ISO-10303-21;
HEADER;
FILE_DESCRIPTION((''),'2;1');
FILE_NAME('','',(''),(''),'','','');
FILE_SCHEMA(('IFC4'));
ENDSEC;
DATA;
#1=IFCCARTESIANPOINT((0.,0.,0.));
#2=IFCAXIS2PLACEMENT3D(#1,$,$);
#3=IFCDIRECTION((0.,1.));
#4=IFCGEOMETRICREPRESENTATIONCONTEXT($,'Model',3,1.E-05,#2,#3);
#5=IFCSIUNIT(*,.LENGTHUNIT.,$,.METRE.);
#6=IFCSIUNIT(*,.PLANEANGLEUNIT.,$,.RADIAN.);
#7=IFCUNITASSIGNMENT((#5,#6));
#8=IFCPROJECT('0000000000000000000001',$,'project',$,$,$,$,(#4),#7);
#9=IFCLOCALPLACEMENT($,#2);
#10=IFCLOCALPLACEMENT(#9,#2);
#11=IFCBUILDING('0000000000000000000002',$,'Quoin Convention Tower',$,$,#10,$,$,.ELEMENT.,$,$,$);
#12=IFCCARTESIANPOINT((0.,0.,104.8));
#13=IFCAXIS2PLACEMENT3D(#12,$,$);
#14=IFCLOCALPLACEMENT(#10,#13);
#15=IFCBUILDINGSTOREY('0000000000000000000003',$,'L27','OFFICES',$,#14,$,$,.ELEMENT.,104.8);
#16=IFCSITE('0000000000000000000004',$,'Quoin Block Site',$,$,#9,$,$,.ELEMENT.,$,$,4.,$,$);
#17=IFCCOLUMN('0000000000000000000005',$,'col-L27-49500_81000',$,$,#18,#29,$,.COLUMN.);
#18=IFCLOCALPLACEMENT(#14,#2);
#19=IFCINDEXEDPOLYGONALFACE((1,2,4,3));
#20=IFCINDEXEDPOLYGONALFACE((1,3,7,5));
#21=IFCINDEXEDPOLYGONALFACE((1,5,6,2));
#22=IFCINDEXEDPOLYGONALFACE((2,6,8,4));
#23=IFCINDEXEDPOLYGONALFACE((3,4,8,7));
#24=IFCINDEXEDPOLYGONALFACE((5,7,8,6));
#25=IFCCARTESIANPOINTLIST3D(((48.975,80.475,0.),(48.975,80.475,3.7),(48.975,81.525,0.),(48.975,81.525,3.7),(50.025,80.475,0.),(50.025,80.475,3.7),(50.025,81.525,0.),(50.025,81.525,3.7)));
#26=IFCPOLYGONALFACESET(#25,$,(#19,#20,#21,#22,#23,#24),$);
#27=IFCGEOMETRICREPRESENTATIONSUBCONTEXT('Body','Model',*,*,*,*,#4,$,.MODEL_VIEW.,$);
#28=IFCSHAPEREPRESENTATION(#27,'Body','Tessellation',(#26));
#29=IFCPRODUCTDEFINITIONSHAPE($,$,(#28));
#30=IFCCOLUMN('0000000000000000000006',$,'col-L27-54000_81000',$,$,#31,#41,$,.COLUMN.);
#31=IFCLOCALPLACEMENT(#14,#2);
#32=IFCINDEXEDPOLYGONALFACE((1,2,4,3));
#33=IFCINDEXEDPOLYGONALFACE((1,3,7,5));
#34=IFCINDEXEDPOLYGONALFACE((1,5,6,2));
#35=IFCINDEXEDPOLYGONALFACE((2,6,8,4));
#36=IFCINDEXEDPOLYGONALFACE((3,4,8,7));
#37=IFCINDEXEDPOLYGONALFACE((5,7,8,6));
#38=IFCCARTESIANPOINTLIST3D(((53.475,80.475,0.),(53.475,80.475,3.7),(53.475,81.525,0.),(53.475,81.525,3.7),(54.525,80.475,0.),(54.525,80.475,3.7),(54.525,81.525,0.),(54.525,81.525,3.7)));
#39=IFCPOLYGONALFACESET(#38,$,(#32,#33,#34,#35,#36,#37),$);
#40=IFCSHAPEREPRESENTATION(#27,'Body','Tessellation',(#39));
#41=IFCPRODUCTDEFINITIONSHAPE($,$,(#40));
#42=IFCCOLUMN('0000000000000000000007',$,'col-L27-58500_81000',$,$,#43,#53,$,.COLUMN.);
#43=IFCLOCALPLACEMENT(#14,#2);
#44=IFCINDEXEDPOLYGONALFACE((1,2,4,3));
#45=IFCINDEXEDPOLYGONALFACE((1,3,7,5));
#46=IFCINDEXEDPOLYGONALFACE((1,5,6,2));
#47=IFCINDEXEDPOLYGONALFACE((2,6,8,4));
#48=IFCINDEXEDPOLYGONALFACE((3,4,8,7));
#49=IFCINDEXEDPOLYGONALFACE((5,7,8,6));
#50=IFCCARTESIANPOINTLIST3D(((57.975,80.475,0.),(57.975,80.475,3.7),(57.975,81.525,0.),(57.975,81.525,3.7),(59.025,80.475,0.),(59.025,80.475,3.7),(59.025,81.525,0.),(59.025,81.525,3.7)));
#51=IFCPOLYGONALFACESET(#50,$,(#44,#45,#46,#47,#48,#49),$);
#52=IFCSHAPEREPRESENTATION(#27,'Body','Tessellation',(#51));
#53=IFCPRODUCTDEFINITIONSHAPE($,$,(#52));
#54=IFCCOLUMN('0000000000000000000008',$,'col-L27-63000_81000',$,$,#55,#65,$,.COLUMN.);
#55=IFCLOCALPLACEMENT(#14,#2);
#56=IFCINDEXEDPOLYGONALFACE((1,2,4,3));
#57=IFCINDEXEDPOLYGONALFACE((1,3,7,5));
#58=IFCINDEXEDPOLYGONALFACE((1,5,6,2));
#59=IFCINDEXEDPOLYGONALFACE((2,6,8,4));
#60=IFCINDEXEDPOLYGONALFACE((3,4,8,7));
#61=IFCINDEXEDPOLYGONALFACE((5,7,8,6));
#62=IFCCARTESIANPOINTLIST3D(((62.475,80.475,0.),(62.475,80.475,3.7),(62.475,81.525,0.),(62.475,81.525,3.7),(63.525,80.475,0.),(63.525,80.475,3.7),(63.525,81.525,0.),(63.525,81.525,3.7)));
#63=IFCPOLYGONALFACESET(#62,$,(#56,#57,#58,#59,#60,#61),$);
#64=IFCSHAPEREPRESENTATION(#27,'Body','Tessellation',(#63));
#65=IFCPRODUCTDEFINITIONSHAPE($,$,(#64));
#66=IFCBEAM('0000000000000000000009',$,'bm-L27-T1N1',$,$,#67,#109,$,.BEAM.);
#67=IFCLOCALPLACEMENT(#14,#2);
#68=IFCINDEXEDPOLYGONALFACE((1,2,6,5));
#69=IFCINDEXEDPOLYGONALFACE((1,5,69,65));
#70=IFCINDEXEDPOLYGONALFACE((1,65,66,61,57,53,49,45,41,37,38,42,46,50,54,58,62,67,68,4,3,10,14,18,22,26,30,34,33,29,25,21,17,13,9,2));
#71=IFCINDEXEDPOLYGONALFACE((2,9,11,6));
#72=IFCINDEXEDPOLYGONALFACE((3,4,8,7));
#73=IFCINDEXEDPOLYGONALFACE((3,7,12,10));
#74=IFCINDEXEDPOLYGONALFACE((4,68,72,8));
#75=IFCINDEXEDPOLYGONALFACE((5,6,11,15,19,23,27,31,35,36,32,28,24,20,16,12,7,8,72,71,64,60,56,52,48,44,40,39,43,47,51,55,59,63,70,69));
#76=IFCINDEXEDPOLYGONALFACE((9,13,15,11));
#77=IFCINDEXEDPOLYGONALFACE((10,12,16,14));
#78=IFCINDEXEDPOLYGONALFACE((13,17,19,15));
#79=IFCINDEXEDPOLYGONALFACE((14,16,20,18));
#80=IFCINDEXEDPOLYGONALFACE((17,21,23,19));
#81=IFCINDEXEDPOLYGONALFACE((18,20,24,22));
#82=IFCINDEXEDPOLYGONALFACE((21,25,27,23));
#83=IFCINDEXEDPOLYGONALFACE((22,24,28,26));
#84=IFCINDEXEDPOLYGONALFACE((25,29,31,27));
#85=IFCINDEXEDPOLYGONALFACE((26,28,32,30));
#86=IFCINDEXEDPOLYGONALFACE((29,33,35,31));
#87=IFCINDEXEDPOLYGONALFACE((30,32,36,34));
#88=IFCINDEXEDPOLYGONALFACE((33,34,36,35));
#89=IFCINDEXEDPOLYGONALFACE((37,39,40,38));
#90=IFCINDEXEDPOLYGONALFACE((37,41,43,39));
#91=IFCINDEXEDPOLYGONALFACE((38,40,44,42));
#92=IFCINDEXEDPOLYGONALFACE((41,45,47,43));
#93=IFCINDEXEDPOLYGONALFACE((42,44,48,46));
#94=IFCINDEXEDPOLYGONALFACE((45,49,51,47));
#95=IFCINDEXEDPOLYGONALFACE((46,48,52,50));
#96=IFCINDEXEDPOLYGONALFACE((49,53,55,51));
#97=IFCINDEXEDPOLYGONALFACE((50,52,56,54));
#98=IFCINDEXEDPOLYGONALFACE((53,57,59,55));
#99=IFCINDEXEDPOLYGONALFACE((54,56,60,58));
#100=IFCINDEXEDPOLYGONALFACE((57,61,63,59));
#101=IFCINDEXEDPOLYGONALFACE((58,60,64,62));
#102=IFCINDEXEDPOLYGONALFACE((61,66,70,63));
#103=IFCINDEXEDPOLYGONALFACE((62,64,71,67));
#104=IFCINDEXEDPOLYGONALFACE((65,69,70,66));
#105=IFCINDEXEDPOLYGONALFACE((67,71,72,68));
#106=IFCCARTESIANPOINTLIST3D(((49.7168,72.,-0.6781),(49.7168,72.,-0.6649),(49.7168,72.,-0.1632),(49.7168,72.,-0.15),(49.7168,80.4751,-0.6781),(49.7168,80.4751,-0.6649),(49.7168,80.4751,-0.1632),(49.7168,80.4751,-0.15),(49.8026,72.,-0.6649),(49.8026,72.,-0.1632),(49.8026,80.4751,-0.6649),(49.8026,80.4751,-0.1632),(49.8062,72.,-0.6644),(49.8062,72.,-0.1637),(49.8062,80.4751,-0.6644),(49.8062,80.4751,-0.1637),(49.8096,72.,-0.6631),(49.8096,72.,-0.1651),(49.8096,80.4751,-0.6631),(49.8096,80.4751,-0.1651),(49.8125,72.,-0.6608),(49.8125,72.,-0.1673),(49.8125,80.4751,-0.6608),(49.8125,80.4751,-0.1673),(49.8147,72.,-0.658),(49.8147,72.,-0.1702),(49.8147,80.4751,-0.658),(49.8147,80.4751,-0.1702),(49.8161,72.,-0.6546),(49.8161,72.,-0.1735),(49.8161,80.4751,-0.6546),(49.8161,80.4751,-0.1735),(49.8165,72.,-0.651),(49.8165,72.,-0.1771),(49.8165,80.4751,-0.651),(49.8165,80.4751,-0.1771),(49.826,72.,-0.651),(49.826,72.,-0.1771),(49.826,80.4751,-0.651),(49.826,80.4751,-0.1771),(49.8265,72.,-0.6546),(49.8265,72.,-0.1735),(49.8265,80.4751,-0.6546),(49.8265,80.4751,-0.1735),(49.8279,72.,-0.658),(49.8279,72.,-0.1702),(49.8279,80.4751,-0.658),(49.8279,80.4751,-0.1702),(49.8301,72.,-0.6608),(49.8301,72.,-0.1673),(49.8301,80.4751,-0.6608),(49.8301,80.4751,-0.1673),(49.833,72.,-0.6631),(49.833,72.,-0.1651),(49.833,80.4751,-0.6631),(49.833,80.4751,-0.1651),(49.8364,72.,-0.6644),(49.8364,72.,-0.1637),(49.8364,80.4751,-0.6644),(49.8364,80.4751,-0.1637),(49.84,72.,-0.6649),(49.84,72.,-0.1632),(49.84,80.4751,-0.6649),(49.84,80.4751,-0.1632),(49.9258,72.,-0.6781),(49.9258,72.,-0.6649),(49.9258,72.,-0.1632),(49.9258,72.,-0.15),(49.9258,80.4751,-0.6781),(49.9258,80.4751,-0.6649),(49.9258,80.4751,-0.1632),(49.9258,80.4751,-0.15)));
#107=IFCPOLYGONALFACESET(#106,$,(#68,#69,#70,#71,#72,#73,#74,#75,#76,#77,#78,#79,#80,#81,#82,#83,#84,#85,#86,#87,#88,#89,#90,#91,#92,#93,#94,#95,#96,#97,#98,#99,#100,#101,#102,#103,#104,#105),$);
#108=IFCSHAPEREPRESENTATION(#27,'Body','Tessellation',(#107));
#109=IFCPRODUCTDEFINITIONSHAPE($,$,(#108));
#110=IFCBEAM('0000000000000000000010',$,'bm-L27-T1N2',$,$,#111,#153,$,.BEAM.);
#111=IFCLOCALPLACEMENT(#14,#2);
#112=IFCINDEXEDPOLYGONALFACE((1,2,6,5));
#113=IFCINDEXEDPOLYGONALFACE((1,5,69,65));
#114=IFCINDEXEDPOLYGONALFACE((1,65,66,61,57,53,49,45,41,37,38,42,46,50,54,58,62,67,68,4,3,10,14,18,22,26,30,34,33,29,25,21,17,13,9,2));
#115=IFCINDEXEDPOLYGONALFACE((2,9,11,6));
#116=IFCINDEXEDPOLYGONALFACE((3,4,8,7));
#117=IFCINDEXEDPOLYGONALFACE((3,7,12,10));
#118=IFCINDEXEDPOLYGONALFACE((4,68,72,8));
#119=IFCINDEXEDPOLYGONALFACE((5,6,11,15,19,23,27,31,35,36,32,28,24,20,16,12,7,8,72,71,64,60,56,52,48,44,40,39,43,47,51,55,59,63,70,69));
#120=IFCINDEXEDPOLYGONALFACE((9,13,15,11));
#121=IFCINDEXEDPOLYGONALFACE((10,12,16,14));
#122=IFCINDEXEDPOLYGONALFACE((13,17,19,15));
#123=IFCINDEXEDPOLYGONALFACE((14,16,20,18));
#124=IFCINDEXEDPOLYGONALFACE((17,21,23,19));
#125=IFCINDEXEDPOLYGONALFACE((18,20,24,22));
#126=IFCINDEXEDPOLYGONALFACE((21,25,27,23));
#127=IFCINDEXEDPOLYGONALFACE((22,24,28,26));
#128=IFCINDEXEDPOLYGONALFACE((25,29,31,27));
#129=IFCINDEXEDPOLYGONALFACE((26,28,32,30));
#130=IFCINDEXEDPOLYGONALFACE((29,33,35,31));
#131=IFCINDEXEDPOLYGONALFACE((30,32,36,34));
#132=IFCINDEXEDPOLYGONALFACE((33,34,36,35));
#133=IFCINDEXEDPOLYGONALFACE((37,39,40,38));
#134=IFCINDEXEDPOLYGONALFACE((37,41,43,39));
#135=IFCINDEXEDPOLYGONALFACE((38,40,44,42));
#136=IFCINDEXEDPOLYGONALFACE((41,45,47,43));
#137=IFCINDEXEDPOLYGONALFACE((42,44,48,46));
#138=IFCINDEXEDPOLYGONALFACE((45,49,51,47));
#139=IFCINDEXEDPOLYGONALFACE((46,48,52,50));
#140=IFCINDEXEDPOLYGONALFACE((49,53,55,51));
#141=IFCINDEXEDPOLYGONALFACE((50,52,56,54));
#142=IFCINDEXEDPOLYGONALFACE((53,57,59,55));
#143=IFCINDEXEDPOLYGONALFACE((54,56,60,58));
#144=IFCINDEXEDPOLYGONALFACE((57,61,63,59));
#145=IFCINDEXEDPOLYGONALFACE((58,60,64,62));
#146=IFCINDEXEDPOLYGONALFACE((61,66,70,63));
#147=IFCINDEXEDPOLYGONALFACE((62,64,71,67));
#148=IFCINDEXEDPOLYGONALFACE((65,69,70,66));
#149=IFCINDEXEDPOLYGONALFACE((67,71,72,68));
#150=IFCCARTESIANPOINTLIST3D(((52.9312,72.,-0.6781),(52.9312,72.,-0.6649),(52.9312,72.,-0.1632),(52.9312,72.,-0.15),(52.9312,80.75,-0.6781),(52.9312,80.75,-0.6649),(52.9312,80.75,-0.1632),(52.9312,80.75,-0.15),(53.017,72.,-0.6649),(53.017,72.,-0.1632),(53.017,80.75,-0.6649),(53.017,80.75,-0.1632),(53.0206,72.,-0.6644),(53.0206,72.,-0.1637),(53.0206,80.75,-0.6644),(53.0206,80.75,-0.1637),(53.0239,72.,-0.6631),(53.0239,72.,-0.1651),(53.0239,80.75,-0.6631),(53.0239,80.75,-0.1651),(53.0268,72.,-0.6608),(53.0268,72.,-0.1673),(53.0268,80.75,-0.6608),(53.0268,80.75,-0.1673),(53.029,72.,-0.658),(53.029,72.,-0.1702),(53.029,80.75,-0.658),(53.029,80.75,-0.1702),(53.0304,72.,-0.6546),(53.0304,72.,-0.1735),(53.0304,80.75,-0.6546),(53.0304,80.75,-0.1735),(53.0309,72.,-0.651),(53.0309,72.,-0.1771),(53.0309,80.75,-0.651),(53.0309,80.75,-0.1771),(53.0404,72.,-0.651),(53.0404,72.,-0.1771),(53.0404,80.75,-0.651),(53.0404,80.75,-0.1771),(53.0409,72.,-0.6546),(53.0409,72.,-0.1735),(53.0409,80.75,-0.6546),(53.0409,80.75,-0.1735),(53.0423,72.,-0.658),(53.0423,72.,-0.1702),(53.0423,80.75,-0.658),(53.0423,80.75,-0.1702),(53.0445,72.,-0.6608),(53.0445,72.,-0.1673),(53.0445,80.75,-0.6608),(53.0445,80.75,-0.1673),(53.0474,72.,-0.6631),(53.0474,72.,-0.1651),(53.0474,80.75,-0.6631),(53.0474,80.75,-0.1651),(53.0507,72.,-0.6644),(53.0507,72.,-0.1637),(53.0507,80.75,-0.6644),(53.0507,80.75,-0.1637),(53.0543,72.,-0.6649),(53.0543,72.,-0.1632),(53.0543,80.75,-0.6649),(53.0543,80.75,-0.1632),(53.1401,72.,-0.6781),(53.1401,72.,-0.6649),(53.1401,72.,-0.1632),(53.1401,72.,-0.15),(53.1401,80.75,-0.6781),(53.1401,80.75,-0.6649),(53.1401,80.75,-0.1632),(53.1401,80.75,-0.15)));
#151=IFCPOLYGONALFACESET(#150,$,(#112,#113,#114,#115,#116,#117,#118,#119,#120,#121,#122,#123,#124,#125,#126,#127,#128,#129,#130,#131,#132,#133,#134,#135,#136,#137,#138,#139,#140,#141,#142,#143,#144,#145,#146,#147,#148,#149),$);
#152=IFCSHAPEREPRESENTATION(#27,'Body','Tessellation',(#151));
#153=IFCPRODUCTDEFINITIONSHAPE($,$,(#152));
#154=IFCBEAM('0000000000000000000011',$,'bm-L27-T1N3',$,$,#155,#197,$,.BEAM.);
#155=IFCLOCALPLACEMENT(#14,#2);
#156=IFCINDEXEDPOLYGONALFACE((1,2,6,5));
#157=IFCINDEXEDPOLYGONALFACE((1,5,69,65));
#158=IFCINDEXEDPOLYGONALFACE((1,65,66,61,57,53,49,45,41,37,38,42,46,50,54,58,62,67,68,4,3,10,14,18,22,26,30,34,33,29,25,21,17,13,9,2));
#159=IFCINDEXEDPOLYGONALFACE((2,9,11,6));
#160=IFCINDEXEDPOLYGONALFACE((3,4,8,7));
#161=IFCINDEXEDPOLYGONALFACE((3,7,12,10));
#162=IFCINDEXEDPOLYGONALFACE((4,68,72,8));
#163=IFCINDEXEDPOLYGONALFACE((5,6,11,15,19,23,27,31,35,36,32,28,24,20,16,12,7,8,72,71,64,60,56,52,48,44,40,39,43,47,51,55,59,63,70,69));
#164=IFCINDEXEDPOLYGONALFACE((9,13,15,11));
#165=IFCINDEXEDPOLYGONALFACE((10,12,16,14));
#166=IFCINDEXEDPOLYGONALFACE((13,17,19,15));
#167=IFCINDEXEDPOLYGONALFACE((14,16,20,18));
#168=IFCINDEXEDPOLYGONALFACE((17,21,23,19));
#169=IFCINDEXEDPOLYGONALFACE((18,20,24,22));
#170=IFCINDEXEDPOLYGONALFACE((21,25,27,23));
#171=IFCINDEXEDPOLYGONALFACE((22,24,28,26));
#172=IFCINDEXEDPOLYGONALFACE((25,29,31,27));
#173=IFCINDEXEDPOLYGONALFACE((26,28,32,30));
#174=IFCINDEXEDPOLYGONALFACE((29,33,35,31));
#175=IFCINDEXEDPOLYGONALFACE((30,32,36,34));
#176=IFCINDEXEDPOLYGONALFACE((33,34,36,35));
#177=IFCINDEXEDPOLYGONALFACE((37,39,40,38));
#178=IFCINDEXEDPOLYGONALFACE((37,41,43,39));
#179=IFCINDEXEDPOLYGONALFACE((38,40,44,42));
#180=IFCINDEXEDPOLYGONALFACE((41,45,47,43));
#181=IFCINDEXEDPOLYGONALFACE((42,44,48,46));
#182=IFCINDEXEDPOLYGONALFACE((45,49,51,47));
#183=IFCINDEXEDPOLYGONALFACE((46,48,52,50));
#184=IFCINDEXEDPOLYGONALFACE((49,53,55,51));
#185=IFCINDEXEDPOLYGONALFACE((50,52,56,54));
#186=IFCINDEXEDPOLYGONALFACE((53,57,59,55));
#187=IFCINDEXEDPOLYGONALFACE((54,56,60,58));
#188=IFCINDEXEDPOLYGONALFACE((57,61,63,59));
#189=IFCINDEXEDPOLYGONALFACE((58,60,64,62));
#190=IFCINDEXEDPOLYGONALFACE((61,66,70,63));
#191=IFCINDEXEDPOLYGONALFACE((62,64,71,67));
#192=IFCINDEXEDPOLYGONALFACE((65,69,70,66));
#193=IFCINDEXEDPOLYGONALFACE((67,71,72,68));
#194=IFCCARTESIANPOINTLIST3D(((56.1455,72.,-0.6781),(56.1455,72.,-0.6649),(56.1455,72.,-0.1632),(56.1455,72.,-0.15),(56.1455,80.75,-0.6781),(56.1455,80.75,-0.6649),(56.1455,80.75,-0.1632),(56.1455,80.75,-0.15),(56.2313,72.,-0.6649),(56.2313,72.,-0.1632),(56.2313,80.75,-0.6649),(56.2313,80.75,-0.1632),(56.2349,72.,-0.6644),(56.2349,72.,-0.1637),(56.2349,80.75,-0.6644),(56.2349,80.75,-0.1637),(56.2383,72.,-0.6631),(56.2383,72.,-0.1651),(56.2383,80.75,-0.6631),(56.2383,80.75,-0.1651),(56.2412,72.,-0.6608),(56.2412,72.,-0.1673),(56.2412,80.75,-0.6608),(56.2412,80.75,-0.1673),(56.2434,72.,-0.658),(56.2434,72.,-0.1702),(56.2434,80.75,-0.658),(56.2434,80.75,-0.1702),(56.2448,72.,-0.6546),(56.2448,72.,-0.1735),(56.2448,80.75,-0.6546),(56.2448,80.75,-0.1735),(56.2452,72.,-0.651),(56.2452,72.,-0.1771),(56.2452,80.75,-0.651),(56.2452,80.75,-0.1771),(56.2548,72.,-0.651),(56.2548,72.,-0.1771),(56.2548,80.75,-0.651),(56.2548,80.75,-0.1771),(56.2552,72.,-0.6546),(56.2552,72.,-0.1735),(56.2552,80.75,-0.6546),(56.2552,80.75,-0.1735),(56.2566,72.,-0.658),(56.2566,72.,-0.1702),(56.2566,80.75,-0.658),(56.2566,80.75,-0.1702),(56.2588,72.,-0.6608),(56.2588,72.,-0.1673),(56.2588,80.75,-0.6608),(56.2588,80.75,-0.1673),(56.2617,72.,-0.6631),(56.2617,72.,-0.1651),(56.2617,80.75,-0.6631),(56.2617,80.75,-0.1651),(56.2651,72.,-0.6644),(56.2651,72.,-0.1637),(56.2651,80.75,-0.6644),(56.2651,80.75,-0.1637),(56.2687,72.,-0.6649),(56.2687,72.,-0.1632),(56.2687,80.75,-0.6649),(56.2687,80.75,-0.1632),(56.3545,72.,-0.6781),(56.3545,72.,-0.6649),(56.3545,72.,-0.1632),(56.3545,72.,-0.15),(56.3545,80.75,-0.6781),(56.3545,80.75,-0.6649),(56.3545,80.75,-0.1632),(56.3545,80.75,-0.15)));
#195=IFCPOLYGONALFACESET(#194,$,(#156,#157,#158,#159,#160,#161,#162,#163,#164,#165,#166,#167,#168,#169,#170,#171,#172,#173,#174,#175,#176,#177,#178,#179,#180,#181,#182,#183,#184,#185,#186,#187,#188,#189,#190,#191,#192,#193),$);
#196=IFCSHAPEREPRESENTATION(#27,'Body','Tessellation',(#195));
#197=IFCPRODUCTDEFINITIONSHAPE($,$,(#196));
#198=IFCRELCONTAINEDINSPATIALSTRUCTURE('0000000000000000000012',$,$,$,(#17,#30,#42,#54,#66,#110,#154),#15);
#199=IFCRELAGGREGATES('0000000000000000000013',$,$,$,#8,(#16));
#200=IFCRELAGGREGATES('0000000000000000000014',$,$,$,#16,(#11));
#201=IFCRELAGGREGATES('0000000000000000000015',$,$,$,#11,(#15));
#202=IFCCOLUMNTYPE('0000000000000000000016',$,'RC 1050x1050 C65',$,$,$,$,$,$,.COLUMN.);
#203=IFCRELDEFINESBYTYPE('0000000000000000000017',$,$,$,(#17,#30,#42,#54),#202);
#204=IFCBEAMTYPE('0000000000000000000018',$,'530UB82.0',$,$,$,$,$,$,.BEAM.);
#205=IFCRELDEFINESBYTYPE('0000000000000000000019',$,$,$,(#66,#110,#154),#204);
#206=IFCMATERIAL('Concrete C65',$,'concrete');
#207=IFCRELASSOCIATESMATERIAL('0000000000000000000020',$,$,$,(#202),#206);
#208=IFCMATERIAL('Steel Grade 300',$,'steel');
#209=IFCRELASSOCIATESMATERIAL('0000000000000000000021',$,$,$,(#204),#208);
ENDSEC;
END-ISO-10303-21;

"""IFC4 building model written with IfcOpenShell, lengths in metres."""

from ifc_helpers import new_model, si_unit, direction, frame, origin, origin_2d, place, context, subcontext, project, spatial, rectangle, i_section, extrude, material, material_profile, profile_set, type_object, element, save


model = new_model("IFC4")

# Units and contexts
model_context = context("Model", 3, precision=1e-05, world=origin(), true_north=direction((0.0, 1.0)))
body_context = subcontext(model_context, "Body", "Model", "MODEL_VIEW")
ifc_project = project(units=[si_unit("LENGTHUNIT", "METRE"), si_unit("PLANEANGLEUNIT", "RADIAN")], contexts=[model_context])

# Site, building, storey
site_placement = place(None, origin())
site = spatial("IfcSite", under=ifc_project, at=site_placement, Name="Quoin Block Site", CompositionType="ELEMENT", RefElevation=4.0)
building_placement = place(site_placement, origin())
building = spatial("IfcBuilding", under=site, at=building_placement, Name="Quoin Convention Tower", CompositionType="ELEMENT")
storey_placement = place(building_placement, frame((0.0, 0.0, 104.8)))
storey = spatial("IfcBuildingStorey", under=building, at=storey_placement, Name="L27", Description="OFFICES", CompositionType="ELEMENT", Elevation=104.8)

# Columns
ifc_material_1 = material(Name="Concrete C65", Category="concrete")
ifc_material_profile_1 = material_profile(ifc_material_1, rectangle(XDim=1.05, YDim=1.05, at=origin_2d()), Name="RC 1050x1050")
ifc_profile_set_1 = profile_set([ifc_material_profile_1], Name="Concrete C65")
column_type = type_object("IfcColumnType", Name="RC 1050x1050 C65", PredefinedType="COLUMN", material=ifc_profile_set_1)
for number, where, z_axis, x_axis, name in (
    (1, (49.5, 81.0, 0.0), (0.0, 0.0, 1.0), (1.0, 0.0, 0.0), "col-L27-49500_81000"),
    (2, (54.0, 81.0, 0.0), (0.0, 0.0, 1.0), (1.0, 0.0, 0.0), "col-L27-54000_81000"),
    (3, (58.5, 81.0, 0.0), (0.0, 0.0, 1.0), (1.0, 0.0, 0.0), "col-L27-58500_81000"),
    (4, (63.0, 81.0, 0.0), (0.0, 0.0, 1.0), (1.0, 0.0, 0.0), "col-L27-63000_81000"),
):
    element("IfcColumn", number, at=place(storey_placement, frame(where, z_axis=z_axis, x_axis=x_axis)), inside=storey, type_object=column_type, Name=name, PredefinedType="COLUMN", context=body_context, shape_type="SweptSolid", body=[
        extrude(rectangle(XDim=1.05, YDim=1.05, at=origin_2d()), origin(), (0.0, 0.0, 1.0), 3.7),
    ])

# Beams
ifc_material_2 = material(Name="Steel Grade 300", Category="steel")
ifc_material_profile_2 = material_profile(ifc_material_2, i_section(OverallWidth=0.209, OverallDepth=0.5281, WebThickness=0.0095, FlangeThickness=0.0132, FilletRadius=0.0139, at=origin_2d()), Name="530UB82.0")
ifc_profile_set_2 = profile_set([ifc_material_profile_2], Name="Steel Grade 300")
beam_type_1 = type_object("IfcBeamType", Name="530UB82.0", PredefinedType="BEAM", material=ifc_profile_set_2)
beam_1_placement = place(storey_placement, frame((49.8213, 72.0, -0.4141), z_axis=(0.0, 1.0, 0.0), x_axis=(-1.0, 0.0, 0.0)))
element("IfcBeam", 5, at=beam_1_placement, inside=storey, type_object=beam_type_1, Name="bm-L27-T1N1", PredefinedType="BEAM", context=body_context, shape_type="SweptSolid", body=[
    extrude(i_section(OverallWidth=0.209, OverallDepth=0.5281, WebThickness=0.0095, FlangeThickness=0.0132, FilletRadius=0.0139, at=origin_2d()), origin(), (0.0, 0.0, 1.0), 8.4751),
])
for number, where, z_axis, x_axis, name in (
    (6, (53.0356, 72.0, -0.4141), (0.0, 1.0, 0.0), (-1.0, 0.0, 0.0), "bm-L27-T1N2"),
    (7, (56.25, 72.0, -0.4141), (0.0, 1.0, 0.0), (-1.0, 0.0, 0.0), "bm-L27-T1N3"),
):
    element("IfcBeam", number, at=place(storey_placement, frame(where, z_axis=z_axis, x_axis=x_axis)), inside=storey, type_object=beam_type_1, Name=name, PredefinedType="BEAM", context=body_context, shape_type="SweptSolid", body=[
        extrude(i_section(OverallWidth=0.209, OverallDepth=0.5281, WebThickness=0.0095, FlangeThickness=0.0132, FilletRadius=0.0139, at=origin_2d()), origin(), (0.0, 0.0, 1.0), 8.75),
    ])

save(model, "model.ifc")
